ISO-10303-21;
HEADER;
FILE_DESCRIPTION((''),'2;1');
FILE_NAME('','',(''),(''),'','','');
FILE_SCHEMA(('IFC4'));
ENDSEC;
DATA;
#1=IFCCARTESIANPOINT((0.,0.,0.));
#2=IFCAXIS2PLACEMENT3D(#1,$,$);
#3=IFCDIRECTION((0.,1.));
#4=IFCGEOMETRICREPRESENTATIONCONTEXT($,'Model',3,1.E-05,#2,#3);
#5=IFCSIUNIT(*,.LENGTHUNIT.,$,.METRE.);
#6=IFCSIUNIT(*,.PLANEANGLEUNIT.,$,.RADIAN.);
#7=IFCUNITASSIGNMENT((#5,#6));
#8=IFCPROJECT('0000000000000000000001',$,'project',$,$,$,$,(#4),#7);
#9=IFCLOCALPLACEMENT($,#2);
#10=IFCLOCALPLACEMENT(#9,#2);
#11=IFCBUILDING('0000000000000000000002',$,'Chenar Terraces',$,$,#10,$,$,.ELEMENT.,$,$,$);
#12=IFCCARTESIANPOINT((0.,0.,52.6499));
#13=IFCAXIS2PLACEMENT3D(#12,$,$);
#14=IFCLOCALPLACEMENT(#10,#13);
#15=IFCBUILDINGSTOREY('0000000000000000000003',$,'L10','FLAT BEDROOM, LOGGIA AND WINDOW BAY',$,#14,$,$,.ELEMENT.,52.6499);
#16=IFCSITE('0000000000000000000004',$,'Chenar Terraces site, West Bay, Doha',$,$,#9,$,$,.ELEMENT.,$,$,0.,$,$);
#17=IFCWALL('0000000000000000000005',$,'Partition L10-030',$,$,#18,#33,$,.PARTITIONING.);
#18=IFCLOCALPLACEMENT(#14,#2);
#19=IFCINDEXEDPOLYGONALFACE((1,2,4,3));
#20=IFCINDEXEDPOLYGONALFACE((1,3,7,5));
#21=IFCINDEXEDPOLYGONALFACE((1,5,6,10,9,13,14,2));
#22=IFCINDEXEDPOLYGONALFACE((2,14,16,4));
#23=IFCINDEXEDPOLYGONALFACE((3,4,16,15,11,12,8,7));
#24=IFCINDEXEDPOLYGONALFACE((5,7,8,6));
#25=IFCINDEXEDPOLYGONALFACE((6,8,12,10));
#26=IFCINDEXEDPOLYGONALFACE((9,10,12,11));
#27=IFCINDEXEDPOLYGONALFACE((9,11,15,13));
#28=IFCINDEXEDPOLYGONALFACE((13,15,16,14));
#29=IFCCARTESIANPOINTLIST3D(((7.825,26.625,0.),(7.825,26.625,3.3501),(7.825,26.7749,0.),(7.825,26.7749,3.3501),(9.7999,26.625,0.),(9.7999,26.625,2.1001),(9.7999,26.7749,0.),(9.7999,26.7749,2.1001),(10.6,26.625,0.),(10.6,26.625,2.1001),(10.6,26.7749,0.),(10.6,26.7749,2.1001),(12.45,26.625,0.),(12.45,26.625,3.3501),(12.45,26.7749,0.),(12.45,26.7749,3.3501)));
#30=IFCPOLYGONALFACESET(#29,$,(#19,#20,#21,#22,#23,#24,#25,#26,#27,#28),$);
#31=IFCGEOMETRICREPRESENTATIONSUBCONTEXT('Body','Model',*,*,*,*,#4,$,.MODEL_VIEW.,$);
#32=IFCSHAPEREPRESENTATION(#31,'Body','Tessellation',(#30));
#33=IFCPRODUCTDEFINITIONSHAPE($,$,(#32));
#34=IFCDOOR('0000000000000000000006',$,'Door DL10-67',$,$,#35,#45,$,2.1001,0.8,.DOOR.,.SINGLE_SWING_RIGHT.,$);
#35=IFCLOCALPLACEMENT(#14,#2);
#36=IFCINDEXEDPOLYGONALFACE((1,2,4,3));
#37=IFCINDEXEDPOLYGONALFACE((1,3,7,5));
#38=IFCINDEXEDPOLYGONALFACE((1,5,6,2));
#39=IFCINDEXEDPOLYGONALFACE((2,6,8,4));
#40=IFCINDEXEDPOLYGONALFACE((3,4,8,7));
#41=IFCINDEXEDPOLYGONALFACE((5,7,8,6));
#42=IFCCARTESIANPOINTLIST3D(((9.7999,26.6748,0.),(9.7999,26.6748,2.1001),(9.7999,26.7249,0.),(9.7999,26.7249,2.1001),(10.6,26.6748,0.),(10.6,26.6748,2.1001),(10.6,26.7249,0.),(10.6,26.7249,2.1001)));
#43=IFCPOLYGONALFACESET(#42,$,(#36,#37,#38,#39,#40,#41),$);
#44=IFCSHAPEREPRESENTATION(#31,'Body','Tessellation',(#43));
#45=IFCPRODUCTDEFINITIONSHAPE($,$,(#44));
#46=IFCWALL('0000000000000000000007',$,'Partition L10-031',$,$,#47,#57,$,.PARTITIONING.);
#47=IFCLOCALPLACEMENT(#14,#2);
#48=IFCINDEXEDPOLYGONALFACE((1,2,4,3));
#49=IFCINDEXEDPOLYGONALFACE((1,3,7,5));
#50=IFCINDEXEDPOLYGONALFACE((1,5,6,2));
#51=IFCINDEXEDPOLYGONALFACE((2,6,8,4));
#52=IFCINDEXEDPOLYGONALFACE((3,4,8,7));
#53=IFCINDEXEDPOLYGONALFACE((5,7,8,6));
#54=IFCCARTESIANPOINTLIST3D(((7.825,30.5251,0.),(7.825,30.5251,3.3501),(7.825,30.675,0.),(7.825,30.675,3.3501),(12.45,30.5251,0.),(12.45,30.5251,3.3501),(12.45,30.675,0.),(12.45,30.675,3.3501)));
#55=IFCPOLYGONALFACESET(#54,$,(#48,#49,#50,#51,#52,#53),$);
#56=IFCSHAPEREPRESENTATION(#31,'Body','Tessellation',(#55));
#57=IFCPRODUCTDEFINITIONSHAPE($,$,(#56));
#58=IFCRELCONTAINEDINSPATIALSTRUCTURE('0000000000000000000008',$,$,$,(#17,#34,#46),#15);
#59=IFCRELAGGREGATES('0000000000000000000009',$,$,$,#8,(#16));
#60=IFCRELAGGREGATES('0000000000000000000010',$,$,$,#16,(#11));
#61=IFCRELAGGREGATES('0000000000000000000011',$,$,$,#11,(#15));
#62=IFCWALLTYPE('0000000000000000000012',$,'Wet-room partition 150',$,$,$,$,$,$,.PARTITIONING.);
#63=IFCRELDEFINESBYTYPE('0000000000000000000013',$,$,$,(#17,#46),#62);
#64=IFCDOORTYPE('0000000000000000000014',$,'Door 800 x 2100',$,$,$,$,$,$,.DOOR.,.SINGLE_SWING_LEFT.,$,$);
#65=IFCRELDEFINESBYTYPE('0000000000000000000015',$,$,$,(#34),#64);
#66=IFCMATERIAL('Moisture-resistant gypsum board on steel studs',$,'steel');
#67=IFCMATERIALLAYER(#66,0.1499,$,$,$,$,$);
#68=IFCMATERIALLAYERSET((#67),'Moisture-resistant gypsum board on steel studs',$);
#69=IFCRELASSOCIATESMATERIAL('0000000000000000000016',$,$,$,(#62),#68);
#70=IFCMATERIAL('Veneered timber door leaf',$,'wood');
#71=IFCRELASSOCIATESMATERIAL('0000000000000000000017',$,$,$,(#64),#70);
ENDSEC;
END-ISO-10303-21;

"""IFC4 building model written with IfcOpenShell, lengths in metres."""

from ifc_helpers import new_model, si_unit, direction, frame, frame_2d, origin, place, context, subcontext, project, spatial, rectangle, extrude, material, layer, layer_set, type_object, element, fill, save


model = new_model("IFC4")

# Units and contexts
model_context = context("Model", 3, precision=1e-05, world=origin(), true_north=direction((0.0, 1.0)))
body_context = subcontext(model_context, "Body", "Model", "MODEL_VIEW")
ifc_project = project(units=[si_unit("LENGTHUNIT", "METRE"), si_unit("PLANEANGLEUNIT", "RADIAN")], contexts=[model_context])

# Site, building, storey
site_placement = place(None, origin())
site = spatial("IfcSite", under=ifc_project, at=site_placement, Name="Chenar Terraces site, West Bay, Doha", CompositionType="ELEMENT", RefElevation=0.0)
building_placement = place(site_placement, origin())
building = spatial("IfcBuilding", under=site, at=building_placement, Name="Chenar Terraces", CompositionType="ELEMENT")
storey_placement = place(building_placement, frame((0.0, 0.0, 52.6499)))
storey = spatial("IfcBuildingStorey", under=building, at=storey_placement, Name="L10", Description="FLAT BEDROOM, LOGGIA AND WINDOW BAY", CompositionType="ELEMENT", Elevation=52.6499)

# Wall, opening, door
ifc_material_1 = material(Name="Moisture-resistant gypsum board on steel studs", Category="steel")
ifc_layer_1 = layer(ifc_material_1, 0.1499)
ifc_layer_set_1 = layer_set([ifc_layer_1], Name="Moisture-resistant gypsum board on steel studs")
wall_type_1 = type_object("IfcWallType", Name="Wet-room partition 150", PredefinedType="PARTITIONING", material=ifc_layer_set_1)
wall_1_placement = place(storey_placement, frame((7.825, 26.7, 0.0), z_axis=(0.0, 0.0, 1.0), x_axis=(1.0, 0.0, 0.0)))
wall_1 = element("IfcWall", 1, at=wall_1_placement, inside=storey, type_object=wall_type_1, Name="Partition L10-030", PredefinedType="PARTITIONING", context=body_context, shape_type="SweptSolid", body=[
    extrude(rectangle(XDim=4.625, YDim=0.1499, at=frame_2d((2.3125, 0.0))), origin(), (0.0, 0.0, 1.0), 3.3501),
])
opening_1_placement = place(wall_1_placement, frame((1.9751, 0.0, 0.0)))
opening_1 = element("IfcOpeningElement", 2, at=opening_1_placement, cuts=wall_1, PredefinedType="OPENING", context=body_context, shape_type="SweptSolid", body=[
    extrude(rectangle(XDim=0.8, YDim=2.1001, at=frame_2d((0.3999, 1.05))), frame((0.0, 0.085, 0.0), z_axis=(0.0, -1.0, 0.0), x_axis=(1.0, 0.0, 0.0)), (0.0, 0.0, 1.0), 0.1699),
])
ifc_material_2 = material(Name="Veneered timber door leaf", Category="wood")
door_type_1 = type_object("IfcDoorType", Name="Door 800 x 2100", OperationType="SINGLE_SWING_LEFT", PredefinedType="DOOR", material=ifc_material_2)
door_1_placement = place(opening_1_placement, origin())
door_1 = element("IfcDoor", 3, at=door_1_placement, inside=storey, type_object=door_type_1, Name="Door DL10-67", OperationType="SINGLE_SWING_RIGHT", OverallHeight=2.1001, OverallWidth=0.8, PredefinedType="DOOR", context=body_context, shape_type="SweptSolid", body=[
    extrude(rectangle(XDim=0.8, YDim=2.1001, at=frame_2d((0.3999, 1.05))), frame((0.0, 0.0249, 0.0), z_axis=(0.0, -1.0, 0.0), x_axis=(1.0, 0.0, 0.0)), (0.0, 0.0, 1.0), 0.05),
])
fill(opening_1, door_1)

# Wall
wall_2_placement = place(storey_placement, frame((7.825, 30.6001, 0.0), z_axis=(0.0, 0.0, 1.0), x_axis=(1.0, 0.0, 0.0)))
element("IfcWall", 4, at=wall_2_placement, inside=storey, type_object=wall_type_1, Name="Partition L10-031", PredefinedType="PARTITIONING", context=body_context, shape_type="SweptSolid", body=[
    extrude(rectangle(XDim=4.625, YDim=0.1499, at=frame_2d((2.3125, 0.0))), origin(), (0.0, 0.0, 1.0), 3.3501),
])

save(model, "model.ifc")
